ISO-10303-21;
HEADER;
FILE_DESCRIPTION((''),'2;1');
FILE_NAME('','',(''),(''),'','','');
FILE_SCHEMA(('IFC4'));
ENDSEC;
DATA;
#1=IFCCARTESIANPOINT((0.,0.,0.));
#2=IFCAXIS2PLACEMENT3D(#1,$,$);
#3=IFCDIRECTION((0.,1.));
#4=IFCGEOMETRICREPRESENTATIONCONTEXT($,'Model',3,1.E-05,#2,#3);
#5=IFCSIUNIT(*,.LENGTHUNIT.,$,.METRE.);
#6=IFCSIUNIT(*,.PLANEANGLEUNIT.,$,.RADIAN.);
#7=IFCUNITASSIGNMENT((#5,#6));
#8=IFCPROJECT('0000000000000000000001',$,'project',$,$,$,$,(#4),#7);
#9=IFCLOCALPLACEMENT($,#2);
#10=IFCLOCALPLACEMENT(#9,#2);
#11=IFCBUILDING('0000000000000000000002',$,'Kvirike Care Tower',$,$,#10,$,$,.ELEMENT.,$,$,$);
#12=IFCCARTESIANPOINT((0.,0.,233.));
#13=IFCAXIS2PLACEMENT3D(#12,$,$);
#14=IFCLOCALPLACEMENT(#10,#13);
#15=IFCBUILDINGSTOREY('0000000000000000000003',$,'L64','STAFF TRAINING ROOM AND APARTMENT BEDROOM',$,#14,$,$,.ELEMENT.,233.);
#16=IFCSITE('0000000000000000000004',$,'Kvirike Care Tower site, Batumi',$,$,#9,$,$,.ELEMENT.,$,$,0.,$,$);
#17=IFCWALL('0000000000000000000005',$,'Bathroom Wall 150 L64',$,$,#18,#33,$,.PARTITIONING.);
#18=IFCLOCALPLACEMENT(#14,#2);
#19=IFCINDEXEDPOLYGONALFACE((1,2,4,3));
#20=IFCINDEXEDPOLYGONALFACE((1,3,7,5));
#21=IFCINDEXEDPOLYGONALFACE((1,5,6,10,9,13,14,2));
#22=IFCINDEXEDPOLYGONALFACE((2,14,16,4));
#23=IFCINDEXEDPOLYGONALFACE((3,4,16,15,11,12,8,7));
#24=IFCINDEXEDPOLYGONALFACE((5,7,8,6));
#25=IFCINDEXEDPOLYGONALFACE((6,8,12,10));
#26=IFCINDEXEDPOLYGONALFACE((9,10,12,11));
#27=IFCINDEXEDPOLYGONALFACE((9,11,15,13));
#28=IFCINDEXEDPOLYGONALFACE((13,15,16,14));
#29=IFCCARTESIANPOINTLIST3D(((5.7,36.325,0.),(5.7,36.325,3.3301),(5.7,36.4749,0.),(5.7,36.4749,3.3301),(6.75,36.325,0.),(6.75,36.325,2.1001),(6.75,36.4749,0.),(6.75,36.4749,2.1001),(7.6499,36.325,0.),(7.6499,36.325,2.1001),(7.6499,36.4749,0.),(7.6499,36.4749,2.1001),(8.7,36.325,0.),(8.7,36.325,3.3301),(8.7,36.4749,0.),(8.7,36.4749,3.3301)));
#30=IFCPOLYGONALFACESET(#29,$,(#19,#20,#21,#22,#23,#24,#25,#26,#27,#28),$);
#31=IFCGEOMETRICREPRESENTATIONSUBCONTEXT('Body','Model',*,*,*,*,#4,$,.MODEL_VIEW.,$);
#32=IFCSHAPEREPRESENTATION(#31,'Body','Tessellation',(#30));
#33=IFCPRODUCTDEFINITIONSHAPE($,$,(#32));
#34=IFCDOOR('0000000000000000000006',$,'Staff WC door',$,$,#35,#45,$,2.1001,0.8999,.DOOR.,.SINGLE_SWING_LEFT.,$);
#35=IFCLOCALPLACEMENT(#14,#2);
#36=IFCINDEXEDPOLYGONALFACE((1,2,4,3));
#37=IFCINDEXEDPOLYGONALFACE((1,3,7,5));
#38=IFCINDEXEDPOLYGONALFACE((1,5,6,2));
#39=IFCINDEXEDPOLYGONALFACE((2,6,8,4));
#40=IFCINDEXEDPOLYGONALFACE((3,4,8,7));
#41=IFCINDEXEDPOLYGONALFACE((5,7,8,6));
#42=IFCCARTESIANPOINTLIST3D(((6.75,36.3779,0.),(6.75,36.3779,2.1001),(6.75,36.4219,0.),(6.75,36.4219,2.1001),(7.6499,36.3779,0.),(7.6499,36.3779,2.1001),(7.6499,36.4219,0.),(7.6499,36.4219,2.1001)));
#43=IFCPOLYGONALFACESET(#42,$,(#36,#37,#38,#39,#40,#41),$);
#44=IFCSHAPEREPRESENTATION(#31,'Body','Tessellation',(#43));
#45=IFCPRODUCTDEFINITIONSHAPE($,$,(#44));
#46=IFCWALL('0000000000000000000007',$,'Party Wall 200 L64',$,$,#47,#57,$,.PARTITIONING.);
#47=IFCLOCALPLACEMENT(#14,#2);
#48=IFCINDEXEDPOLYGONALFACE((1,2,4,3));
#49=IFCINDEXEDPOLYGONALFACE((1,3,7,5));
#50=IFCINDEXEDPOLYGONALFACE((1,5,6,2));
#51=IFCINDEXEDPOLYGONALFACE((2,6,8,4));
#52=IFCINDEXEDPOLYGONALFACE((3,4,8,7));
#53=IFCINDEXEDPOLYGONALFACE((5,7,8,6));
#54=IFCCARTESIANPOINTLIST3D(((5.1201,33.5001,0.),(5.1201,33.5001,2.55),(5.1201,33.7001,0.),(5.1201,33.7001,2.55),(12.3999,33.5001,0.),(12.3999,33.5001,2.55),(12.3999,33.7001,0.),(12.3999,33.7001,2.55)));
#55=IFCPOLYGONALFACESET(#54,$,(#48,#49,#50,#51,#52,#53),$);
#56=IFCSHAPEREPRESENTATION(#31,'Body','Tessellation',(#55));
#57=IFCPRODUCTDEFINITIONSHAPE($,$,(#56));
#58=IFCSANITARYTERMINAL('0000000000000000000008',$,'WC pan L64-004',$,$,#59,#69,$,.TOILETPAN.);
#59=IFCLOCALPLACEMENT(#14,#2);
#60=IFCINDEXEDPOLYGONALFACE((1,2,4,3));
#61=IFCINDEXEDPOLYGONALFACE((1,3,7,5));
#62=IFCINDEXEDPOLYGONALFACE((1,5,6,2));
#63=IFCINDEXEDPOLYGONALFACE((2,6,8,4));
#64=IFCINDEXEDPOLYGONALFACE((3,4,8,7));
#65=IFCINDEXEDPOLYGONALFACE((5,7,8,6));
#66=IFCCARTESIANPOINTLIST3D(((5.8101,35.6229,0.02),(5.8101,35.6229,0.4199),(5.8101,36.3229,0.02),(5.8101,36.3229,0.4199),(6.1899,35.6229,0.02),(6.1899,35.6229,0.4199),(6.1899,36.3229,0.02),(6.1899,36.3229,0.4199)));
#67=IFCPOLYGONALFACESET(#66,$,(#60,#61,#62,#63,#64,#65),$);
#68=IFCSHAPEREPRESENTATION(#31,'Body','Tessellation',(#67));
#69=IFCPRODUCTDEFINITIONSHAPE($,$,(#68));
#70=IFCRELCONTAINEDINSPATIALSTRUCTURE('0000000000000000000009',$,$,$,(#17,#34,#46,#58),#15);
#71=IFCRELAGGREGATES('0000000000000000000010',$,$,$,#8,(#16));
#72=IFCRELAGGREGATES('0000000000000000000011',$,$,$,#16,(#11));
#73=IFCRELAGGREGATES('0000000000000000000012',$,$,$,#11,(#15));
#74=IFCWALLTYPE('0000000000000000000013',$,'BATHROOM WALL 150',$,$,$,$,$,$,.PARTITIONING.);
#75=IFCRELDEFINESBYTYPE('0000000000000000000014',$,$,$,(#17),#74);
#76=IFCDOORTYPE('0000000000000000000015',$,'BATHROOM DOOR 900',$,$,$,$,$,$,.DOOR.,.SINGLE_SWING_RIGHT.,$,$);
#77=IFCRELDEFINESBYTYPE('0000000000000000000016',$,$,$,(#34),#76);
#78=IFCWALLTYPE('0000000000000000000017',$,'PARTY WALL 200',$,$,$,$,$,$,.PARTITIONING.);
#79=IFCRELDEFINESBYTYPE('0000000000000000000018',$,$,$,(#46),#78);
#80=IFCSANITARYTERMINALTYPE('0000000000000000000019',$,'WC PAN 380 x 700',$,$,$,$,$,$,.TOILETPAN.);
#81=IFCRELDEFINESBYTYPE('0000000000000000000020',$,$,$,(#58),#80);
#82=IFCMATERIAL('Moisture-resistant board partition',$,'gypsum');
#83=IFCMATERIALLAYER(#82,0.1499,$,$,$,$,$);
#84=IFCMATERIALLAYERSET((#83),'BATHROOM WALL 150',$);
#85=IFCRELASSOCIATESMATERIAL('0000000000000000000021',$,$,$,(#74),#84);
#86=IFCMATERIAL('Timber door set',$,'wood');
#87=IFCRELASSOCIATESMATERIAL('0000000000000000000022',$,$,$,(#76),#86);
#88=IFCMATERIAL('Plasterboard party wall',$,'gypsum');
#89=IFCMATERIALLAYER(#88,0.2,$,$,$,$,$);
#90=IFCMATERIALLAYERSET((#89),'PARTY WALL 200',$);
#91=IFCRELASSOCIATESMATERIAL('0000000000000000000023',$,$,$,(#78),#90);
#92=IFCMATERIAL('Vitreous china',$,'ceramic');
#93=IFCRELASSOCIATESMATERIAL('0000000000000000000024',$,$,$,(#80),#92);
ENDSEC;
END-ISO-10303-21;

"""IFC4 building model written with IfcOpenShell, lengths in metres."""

from ifc_helpers import new_model, si_unit, direction, frame, frame_2d, origin, origin_2d, place, context, subcontext, project, spatial, rectangle, extrude, material, layer, layer_set, type_object, element, fill, save


model = new_model("IFC4")

# Units and contexts
model_context = context("Model", 3, precision=1e-05, world=origin(), true_north=direction((0.0, 1.0)))
body_context = subcontext(model_context, "Body", "Model", "MODEL_VIEW")
ifc_project = project(units=[si_unit("LENGTHUNIT", "METRE"), si_unit("PLANEANGLEUNIT", "RADIAN")], contexts=[model_context])

# Site, building, storey
site_placement = place(None, origin())
site = spatial("IfcSite", under=ifc_project, at=site_placement, Name="Kvirike Care Tower site, Batumi", CompositionType="ELEMENT", RefElevation=0.0)
building_placement = place(site_placement, origin())
building = spatial("IfcBuilding", under=site, at=building_placement, Name="Kvirike Care Tower", CompositionType="ELEMENT")
storey_placement = place(building_placement, frame((0.0, 0.0, 233.0)))
storey = spatial("IfcBuildingStorey", under=building, at=storey_placement, Name="L64", Description="STAFF TRAINING ROOM AND APARTMENT BEDROOM", CompositionType="ELEMENT", Elevation=233.0)

# Wall, opening, door
ifc_material_1 = material(Name="Moisture-resistant board partition", Category="gypsum")
ifc_layer_1 = layer(ifc_material_1, 0.1499)
ifc_layer_set_1 = layer_set([ifc_layer_1], Name="BATHROOM WALL 150")
wall_type_1 = type_object("IfcWallType", Name="BATHROOM WALL 150", PredefinedType="PARTITIONING", material=ifc_layer_set_1)
wall_1_placement = place(storey_placement, frame((5.7, 36.3999, 0.0), z_axis=(0.0, 0.0, 1.0), x_axis=(1.0, 0.0, 0.0)))
wall_1 = element("IfcWall", 1, at=wall_1_placement, inside=storey, type_object=wall_type_1, Name="Bathroom Wall 150 L64", PredefinedType="PARTITIONING", context=body_context, shape_type="SweptSolid", body=[
    extrude(rectangle(XDim=3.0, YDim=0.1499, at=frame_2d((1.5, 0.0))), origin(), (0.0, 0.0, 1.0), 3.3301),
])
opening_placement = place(wall_1_placement, frame((1.05, 0.0, 0.0)))
opening = element("IfcOpeningElement", 2, at=opening_placement, cuts=wall_1, PredefinedType="OPENING", context=body_context, shape_type="SweptSolid", body=[
    extrude(rectangle(XDim=0.8999, YDim=2.1001, at=frame_2d((0.45, 1.05))), frame((0.0, 0.0854, 0.0), z_axis=(0.0, -1.0, 0.0), x_axis=(1.0, 0.0, 0.0)), (0.0, 0.0, 1.0), 0.1709),
])
ifc_material_2 = material(Name="Timber door set", Category="wood")
door_type = type_object("IfcDoorType", Name="BATHROOM DOOR 900", OperationType="SINGLE_SWING_RIGHT", PredefinedType="DOOR", material=ifc_material_2)
door_placement = place(opening_placement, frame((0.8999, 0.0, 0.0), z_axis=(0.0, 0.0, 1.0), x_axis=(-1.0, 0.0, 0.0)))
door = element("IfcDoor", 3, at=door_placement, inside=storey, type_object=door_type, Name="Staff WC door", OperationType="SINGLE_SWING_LEFT", OverallHeight=2.1001, OverallWidth=0.8999, PredefinedType="DOOR", context=body_context, shape_type="SweptSolid", body=[
    extrude(rectangle(XDim=0.8999, YDim=2.1001, at=frame_2d((0.45, 1.05))), frame((0.0, 0.022, 0.0), z_axis=(0.0, -1.0, 0.0), x_axis=(1.0, 0.0, 0.0)), (0.0, 0.0, 1.0), 0.0439),
])
fill(opening, door)

# Wall
ifc_material_3 = material(Name="Plasterboard party wall", Category="gypsum")
ifc_layer_2 = layer(ifc_material_3, 0.2)
ifc_layer_set_2 = layer_set([ifc_layer_2], Name="PARTY WALL 200")
wall_type_2 = type_object("IfcWallType", Name="PARTY WALL 200", PredefinedType="PARTITIONING", material=ifc_layer_set_2)
wall_2_placement = place(storey_placement, frame((5.1201, 33.6001, 0.0), z_axis=(0.0, 0.0, 1.0), x_axis=(1.0, 0.0, 0.0)))
element("IfcWall", 4, at=wall_2_placement, inside=storey, type_object=wall_type_2, Name="Party Wall 200 L64", PredefinedType="PARTITIONING", context=body_context, shape_type="SweptSolid", body=[
    extrude(rectangle(XDim=7.2798, YDim=0.2, at=frame_2d((3.6399, 0.0))), origin(), (0.0, 0.0, 1.0), 2.55),
])

# Sanitary terminal
ifc_material_4 = material(Name="Vitreous china", Category="ceramic")
sanitary_terminal_type = type_object("IfcSanitaryTerminalType", Name="WC PAN 380 x 700", PredefinedType="TOILETPAN", material=ifc_material_4)
sanitary_terminal_placement = place(storey_placement, frame((6.0, 35.9729, 0.02), z_axis=(0.0, 0.0, 1.0), x_axis=(1.0, 0.0, 0.0)))
element("IfcSanitaryTerminal", 5, at=sanitary_terminal_placement, inside=storey, type_object=sanitary_terminal_type, Name="WC pan L64-004", PredefinedType="TOILETPAN", context=body_context, shape_type="SweptSolid", body=[
    extrude(rectangle(XDim=0.3799, YDim=0.7, at=origin_2d()), origin(), (0.0, 0.0, 1.0), 0.3999),
])

save(model, "model.ifc")
